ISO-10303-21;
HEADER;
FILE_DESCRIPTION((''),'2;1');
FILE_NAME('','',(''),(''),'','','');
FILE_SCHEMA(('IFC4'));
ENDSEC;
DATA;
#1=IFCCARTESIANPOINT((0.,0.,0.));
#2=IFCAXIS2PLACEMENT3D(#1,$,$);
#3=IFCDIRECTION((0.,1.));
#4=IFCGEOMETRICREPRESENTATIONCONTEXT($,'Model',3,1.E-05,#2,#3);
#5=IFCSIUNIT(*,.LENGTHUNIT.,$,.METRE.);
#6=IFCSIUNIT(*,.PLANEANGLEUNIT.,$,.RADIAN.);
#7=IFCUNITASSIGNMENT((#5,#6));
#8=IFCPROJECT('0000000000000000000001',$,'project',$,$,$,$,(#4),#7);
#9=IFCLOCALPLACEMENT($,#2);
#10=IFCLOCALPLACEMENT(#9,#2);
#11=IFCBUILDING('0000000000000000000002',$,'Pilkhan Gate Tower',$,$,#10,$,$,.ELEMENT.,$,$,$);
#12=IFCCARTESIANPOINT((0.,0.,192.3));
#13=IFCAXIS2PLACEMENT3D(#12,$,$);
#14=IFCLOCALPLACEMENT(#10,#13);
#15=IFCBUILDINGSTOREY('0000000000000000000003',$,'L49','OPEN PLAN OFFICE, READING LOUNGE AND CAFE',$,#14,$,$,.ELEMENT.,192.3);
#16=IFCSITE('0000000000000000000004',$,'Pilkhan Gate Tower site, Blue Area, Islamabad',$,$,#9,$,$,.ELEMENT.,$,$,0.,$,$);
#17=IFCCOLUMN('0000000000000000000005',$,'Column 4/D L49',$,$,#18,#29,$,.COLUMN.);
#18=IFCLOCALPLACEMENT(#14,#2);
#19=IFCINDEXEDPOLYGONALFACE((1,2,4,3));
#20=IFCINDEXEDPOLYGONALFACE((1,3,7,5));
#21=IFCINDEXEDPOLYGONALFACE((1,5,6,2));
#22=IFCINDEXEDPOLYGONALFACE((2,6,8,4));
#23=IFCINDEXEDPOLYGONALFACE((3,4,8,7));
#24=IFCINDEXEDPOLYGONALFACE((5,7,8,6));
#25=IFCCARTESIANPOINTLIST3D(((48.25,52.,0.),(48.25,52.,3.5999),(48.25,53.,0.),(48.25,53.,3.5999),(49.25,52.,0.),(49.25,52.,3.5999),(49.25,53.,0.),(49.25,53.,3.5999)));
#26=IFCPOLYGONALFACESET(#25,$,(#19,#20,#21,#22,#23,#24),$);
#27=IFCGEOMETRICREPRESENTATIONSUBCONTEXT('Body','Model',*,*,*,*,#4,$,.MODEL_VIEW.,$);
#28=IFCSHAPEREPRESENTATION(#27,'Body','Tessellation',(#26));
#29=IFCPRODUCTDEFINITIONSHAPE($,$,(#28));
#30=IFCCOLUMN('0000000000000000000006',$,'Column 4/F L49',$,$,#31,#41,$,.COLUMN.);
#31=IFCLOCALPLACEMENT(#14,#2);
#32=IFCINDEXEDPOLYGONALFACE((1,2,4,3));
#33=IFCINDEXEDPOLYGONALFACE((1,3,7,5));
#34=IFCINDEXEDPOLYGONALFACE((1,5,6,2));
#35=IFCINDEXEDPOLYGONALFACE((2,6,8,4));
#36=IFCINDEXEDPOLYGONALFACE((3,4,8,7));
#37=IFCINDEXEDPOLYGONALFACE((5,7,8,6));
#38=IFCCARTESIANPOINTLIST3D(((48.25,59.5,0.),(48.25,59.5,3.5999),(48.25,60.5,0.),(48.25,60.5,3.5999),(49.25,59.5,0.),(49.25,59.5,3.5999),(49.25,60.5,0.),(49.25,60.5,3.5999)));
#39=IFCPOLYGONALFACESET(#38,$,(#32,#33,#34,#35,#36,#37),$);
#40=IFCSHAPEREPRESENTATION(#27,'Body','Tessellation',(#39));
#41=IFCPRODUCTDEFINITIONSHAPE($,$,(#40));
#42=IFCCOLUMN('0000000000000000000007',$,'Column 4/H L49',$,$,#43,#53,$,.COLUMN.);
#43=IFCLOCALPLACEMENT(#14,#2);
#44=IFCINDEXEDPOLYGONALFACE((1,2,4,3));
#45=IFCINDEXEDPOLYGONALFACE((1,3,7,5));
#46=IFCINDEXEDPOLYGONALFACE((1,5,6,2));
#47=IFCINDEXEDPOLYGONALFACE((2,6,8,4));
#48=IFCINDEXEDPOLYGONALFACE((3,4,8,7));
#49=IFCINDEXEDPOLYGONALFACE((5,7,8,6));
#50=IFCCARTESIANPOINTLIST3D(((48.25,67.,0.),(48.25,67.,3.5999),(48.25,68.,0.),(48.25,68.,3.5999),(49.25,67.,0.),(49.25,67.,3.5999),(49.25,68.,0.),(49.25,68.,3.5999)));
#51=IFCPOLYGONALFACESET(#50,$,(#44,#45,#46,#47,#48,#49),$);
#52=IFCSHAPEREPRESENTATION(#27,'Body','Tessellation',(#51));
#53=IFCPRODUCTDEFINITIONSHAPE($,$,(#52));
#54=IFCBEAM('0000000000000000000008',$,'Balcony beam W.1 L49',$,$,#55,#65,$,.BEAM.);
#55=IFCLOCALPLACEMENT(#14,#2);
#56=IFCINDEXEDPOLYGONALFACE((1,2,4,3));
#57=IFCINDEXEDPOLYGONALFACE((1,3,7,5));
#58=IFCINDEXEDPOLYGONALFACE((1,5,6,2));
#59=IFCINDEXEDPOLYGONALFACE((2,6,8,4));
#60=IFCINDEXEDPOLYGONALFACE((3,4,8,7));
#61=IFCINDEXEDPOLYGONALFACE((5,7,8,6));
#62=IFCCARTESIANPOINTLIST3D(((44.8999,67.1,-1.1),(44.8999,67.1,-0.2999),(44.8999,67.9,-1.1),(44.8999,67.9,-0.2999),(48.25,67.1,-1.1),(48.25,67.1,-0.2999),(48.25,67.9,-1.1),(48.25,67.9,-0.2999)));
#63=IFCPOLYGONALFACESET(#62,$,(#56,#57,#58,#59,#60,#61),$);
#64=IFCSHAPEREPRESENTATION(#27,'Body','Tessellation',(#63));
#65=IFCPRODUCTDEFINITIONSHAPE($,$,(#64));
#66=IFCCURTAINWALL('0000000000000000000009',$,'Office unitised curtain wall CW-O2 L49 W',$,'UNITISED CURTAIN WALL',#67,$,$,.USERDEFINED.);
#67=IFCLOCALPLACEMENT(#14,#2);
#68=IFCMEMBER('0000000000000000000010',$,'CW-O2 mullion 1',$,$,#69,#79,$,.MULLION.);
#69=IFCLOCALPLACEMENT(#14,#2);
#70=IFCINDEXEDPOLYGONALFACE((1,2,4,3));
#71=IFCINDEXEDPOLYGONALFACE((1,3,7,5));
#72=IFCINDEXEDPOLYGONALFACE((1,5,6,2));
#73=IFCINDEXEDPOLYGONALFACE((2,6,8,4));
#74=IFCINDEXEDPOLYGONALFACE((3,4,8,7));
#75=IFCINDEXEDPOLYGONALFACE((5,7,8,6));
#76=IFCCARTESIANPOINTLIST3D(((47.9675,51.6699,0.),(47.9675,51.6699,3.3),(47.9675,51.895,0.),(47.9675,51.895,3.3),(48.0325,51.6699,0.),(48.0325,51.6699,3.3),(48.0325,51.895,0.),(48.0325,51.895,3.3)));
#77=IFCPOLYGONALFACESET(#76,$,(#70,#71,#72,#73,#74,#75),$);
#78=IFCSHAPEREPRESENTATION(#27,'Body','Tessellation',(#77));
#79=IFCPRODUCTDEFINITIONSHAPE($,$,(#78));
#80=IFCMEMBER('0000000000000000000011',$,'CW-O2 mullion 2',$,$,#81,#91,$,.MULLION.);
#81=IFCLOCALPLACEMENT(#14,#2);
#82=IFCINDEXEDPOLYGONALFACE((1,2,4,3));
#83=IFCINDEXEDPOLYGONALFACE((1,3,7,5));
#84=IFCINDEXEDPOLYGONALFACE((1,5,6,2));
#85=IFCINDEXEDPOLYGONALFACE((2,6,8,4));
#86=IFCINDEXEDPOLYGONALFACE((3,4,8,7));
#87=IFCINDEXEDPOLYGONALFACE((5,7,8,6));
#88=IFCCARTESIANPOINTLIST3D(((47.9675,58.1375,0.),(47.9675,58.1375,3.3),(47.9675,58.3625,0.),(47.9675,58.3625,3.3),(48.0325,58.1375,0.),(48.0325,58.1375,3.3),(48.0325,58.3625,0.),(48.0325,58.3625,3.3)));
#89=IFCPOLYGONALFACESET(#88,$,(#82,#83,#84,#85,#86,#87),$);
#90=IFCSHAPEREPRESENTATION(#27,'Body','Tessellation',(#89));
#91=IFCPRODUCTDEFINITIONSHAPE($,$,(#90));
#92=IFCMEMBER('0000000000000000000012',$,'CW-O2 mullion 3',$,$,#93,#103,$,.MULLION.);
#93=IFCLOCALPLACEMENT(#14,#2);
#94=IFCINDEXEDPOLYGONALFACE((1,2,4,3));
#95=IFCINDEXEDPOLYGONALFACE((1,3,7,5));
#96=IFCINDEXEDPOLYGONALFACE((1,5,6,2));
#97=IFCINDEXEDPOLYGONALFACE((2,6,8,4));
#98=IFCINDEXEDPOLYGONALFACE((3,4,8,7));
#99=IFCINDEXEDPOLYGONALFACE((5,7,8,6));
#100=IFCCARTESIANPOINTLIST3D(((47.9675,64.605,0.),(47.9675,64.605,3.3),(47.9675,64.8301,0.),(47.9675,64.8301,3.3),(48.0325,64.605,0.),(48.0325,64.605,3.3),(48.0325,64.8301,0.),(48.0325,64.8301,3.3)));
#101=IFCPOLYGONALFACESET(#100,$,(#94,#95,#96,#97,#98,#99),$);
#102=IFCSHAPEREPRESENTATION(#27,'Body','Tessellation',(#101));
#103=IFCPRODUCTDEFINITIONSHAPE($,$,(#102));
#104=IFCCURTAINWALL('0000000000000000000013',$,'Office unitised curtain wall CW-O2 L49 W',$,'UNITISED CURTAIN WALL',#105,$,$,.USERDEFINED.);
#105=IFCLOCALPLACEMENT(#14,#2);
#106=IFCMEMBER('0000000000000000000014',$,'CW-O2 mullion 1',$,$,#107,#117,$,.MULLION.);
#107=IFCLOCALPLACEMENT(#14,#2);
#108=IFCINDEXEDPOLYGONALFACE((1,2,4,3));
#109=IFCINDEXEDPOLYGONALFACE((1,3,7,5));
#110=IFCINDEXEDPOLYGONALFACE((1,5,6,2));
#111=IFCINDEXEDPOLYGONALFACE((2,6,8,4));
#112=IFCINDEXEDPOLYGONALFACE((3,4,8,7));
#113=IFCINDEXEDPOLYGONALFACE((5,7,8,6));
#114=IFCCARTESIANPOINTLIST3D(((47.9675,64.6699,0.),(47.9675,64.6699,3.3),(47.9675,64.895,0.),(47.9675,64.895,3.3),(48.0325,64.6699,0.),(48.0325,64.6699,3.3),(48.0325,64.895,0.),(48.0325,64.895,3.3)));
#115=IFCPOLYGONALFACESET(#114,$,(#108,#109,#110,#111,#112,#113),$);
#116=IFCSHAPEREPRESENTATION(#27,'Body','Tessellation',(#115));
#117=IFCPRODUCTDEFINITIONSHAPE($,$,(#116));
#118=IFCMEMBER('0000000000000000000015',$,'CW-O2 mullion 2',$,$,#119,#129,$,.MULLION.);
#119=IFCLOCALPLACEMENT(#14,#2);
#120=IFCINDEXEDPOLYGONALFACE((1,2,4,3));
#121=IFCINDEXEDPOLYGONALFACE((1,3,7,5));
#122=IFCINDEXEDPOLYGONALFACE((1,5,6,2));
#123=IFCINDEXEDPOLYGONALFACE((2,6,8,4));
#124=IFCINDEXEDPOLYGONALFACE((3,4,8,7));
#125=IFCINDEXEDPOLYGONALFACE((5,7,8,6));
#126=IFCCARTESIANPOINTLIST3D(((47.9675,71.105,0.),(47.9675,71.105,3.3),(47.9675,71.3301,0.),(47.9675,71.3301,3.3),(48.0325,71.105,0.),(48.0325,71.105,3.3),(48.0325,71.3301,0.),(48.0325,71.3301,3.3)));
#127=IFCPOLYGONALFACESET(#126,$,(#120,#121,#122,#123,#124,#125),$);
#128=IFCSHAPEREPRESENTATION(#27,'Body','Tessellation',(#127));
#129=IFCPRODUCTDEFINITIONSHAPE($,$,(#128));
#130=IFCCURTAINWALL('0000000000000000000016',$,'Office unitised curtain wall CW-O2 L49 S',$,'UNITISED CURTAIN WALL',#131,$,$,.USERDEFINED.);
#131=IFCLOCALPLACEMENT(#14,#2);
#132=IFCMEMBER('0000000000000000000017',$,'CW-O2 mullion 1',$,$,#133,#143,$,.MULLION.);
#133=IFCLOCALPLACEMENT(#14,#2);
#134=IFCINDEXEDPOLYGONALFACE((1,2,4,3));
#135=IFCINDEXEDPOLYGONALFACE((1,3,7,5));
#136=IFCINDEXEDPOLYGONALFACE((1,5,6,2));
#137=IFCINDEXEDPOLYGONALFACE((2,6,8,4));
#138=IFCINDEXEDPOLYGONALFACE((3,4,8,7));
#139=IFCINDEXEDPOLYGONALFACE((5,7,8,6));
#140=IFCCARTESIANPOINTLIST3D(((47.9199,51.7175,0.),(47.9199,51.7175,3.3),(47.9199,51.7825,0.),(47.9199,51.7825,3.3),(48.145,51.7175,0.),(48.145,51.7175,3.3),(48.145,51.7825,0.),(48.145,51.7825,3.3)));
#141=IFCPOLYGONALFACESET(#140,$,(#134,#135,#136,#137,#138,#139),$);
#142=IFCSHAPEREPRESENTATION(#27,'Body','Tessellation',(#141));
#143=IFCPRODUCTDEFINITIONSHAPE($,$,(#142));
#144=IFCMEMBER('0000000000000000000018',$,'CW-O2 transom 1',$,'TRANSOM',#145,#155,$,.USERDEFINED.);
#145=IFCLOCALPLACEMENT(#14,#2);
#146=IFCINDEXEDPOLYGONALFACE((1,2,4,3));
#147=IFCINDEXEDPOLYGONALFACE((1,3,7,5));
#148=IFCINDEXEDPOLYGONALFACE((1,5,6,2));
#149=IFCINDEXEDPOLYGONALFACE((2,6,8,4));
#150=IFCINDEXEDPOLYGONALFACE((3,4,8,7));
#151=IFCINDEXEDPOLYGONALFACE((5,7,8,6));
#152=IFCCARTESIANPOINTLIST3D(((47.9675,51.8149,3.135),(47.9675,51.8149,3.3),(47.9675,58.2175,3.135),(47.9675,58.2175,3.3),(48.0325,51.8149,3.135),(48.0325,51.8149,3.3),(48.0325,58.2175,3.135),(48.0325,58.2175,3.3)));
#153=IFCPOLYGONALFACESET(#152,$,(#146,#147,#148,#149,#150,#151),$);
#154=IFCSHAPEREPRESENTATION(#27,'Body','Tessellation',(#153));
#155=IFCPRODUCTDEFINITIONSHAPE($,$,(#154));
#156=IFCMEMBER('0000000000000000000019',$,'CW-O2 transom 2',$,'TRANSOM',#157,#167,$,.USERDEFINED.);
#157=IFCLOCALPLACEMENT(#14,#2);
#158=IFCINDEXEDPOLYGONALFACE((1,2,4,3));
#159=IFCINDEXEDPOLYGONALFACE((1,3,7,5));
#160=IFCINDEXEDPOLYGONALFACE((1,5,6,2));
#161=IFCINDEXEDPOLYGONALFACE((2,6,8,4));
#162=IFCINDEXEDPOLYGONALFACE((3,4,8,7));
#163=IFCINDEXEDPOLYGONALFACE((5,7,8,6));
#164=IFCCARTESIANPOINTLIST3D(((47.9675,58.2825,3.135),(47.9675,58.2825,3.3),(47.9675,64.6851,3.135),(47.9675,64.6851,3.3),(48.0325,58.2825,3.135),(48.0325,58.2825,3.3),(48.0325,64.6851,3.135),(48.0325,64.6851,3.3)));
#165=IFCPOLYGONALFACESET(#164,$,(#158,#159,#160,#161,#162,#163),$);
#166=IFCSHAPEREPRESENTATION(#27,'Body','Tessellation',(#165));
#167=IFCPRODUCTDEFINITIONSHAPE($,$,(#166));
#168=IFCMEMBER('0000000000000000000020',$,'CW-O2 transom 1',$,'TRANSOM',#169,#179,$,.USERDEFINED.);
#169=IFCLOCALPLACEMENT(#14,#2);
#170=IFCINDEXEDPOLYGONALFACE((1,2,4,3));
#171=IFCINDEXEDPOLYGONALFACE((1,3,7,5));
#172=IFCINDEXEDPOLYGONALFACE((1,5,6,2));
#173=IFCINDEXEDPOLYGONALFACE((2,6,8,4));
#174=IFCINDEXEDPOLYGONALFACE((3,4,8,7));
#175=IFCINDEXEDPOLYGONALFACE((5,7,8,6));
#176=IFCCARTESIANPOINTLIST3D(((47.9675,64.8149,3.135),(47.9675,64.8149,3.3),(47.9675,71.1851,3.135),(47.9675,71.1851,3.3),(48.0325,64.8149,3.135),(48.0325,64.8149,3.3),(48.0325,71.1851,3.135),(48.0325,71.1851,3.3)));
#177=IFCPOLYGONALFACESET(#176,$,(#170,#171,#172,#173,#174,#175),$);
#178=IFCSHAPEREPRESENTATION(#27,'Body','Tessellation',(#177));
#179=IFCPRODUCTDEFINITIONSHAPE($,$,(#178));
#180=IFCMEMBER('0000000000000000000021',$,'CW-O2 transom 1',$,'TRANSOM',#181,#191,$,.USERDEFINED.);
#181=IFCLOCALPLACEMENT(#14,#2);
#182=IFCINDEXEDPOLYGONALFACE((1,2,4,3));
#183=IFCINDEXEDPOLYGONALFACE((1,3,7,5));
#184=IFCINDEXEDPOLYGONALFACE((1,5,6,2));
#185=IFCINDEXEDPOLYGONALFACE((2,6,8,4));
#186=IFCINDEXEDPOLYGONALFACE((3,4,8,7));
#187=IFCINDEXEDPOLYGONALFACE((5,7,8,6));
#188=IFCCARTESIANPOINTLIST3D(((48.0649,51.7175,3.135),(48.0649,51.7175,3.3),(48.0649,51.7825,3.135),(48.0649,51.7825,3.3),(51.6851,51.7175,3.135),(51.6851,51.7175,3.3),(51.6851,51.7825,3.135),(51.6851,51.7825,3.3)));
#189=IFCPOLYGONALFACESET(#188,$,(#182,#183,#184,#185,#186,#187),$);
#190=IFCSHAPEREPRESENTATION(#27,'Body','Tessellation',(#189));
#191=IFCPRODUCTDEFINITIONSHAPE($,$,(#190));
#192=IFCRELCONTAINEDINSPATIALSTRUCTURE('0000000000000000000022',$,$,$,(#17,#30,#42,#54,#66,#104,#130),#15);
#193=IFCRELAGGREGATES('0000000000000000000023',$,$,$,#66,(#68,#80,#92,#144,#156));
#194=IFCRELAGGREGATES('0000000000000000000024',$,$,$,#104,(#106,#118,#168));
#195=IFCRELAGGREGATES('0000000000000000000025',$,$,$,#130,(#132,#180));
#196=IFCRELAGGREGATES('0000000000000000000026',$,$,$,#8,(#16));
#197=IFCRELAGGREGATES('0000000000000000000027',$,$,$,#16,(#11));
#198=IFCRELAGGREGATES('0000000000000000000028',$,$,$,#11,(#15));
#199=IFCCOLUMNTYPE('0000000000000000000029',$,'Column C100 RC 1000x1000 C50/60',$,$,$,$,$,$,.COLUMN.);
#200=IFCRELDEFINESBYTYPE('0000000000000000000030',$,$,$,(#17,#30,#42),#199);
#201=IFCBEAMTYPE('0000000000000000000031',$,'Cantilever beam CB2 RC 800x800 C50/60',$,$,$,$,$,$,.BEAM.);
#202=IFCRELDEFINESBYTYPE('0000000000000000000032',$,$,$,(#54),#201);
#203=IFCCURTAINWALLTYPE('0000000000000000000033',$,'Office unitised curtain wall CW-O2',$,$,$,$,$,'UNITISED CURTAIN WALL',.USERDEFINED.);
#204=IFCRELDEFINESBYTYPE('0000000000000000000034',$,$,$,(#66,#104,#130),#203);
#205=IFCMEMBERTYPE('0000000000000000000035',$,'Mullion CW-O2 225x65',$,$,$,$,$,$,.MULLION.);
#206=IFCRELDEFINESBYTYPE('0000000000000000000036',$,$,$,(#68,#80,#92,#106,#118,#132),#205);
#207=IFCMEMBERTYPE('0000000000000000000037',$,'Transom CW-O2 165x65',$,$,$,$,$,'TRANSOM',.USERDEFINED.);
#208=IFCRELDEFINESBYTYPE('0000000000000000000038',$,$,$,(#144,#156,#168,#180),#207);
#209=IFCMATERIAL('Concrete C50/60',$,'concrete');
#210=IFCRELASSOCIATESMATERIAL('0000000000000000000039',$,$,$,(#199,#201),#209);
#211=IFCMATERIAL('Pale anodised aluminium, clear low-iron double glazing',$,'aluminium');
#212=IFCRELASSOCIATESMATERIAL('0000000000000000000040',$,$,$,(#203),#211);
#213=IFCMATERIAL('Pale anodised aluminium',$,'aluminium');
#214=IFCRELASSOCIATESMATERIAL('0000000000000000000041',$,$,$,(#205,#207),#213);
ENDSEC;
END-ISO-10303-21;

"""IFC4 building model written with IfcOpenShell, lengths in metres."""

from ifc_helpers import new_model, si_unit, direction, frame, origin, origin_2d, place, context, subcontext, project, spatial, rectangle, extrude, material, material_profile, profile_set, type_object, element, aggregate, save


model = new_model("IFC4")

# Units and contexts
model_context = context("Model", 3, precision=1e-05, world=origin(), true_north=direction((0.0, 1.0)))
body_context = subcontext(model_context, "Body", "Model", "MODEL_VIEW")
ifc_project = project(units=[si_unit("LENGTHUNIT", "METRE"), si_unit("PLANEANGLEUNIT", "RADIAN")], contexts=[model_context])

# Site, building, storey
site_placement = place(None, origin())
site = spatial("IfcSite", under=ifc_project, at=site_placement, Name="Pilkhan Gate Tower site, Blue Area, Islamabad", CompositionType="ELEMENT", RefElevation=0.0)
building_placement = place(site_placement, origin())
building = spatial("IfcBuilding", under=site, at=building_placement, Name="Pilkhan Gate Tower", CompositionType="ELEMENT")
storey_placement = place(building_placement, frame((0.0, 0.0, 192.3)))
storey = spatial("IfcBuildingStorey", under=building, at=storey_placement, Name="L49", Description="OPEN PLAN OFFICE, READING LOUNGE AND CAFE", CompositionType="ELEMENT", Elevation=192.3)

# Columns
ifc_material_1 = material(Name="Concrete C50/60", Category="concrete")
ifc_material_profile_1 = material_profile(ifc_material_1, rectangle(XDim=1.0, YDim=1.0, at=origin_2d()), Name="RC 1000x1000")
ifc_profile_set_1 = profile_set([ifc_material_profile_1], Name="Concrete C50/60")
column_type = type_object("IfcColumnType", Name="Column C100 RC 1000x1000 C50/60", PredefinedType="COLUMN", material=ifc_profile_set_1)
for number, where, z_axis, x_axis, name in (
    (1, (48.75, 52.5, 0.0), (0.0, 0.0, 1.0), (1.0, 0.0, 0.0), "Column 4/D L49"),
    (2, (48.75, 60.0, 0.0), (0.0, 0.0, 1.0), (1.0, 0.0, 0.0), "Column 4/F L49"),
    (3, (48.75, 67.5, 0.0), (0.0, 0.0, 1.0), (1.0, 0.0, 0.0), "Column 4/H L49"),
):
    element("IfcColumn", number, at=place(storey_placement, frame(where, z_axis=z_axis, x_axis=x_axis)), inside=storey, type_object=column_type, Name=name, PredefinedType="COLUMN", context=body_context, shape_type="SweptSolid", body=[
        extrude(rectangle(XDim=1.0, YDim=1.0, at=origin_2d()), origin(), (0.0, 0.0, 1.0), 3.5999),
    ])

# Beam
ifc_material_profile_2 = material_profile(ifc_material_1, rectangle(XDim=0.8, YDim=0.8, at=origin_2d()), Name="RC 800x800")
ifc_profile_set_2 = profile_set([ifc_material_profile_2], Name="Concrete C50/60")
beam_type = type_object("IfcBeamType", Name="Cantilever beam CB2 RC 800x800 C50/60", PredefinedType="BEAM", material=ifc_profile_set_2)
beam_placement = place(storey_placement, frame((48.25, 67.5, -0.7), z_axis=(-1.0, 0.0, 0.0), x_axis=(0.0, -1.0, 0.0)))
element("IfcBeam", 4, at=beam_placement, inside=storey, type_object=beam_type, Name="Balcony beam W.1 L49", PredefinedType="BEAM", context=body_context, shape_type="SweptSolid", body=[
    extrude(rectangle(XDim=0.8, YDim=0.8, at=origin_2d()), origin(), (0.0, 0.0, 1.0), 3.3501),
])

# Curtain walls, members
ifc_material_2 = material(Name="Pale anodised aluminium, clear low-iron double glazing", Category="aluminium")
curtain_wall_type = type_object("IfcCurtainWallType", Name="Office unitised curtain wall CW-O2", ElementType="UNITISED CURTAIN WALL", PredefinedType="USERDEFINED", material=ifc_material_2)
curtain_wall_1_placement = place(storey_placement, origin())
curtain_wall_1 = element("IfcCurtainWall", 5, at=curtain_wall_1_placement, inside=storey, type_object=curtain_wall_type, Name="Office unitised curtain wall CW-O2 L49 W", ObjectType="UNITISED CURTAIN WALL", PredefinedType="USERDEFINED")
ifc_material_3 = material(Name="Pale anodised aluminium", Category="aluminium")
ifc_material_profile_3 = material_profile(ifc_material_3, rectangle(XDim=0.0649, YDim=0.2251, at=origin_2d()), Name="Mullion 225x65")
ifc_profile_set_3 = profile_set([ifc_material_profile_3], Name="Pale anodised aluminium")
member_type_1 = type_object("IfcMemberType", Name="Mullion CW-O2 225x65", PredefinedType="MULLION", material=ifc_profile_set_3)
member_1_placement = place(storey_placement, frame((48.0, 51.7825, 0.0), z_axis=(0.0, 0.0, 1.0), x_axis=(-1.0, 0.0, 0.0)))
member_1 = element("IfcMember", 6, at=member_1_placement, type_object=member_type_1, Name="CW-O2 mullion 1", PredefinedType="MULLION", context=body_context, shape_type="SweptSolid", body=[
    extrude(rectangle(XDim=0.0649, YDim=0.2251, at=origin_2d()), origin(), (0.0, 0.0, 1.0), 3.3),
])
member_2_placement = place(storey_placement, frame((48.0, 58.25, 0.0), z_axis=(0.0, 0.0, 1.0), x_axis=(-1.0, 0.0, 0.0)))
member_2 = element("IfcMember", 7, at=member_2_placement, type_object=member_type_1, Name="CW-O2 mullion 2", PredefinedType="MULLION", context=body_context, shape_type="SweptSolid", body=[
    extrude(rectangle(XDim=0.0649, YDim=0.2251, at=origin_2d()), origin(), (0.0, 0.0, 1.0), 3.3),
])
member_3_placement = place(storey_placement, frame((48.0, 64.7175, 0.0), z_axis=(0.0, 0.0, 1.0), x_axis=(-1.0, 0.0, 0.0)))
member_3 = element("IfcMember", 8, at=member_3_placement, type_object=member_type_1, Name="CW-O2 mullion 3", PredefinedType="MULLION", context=body_context, shape_type="SweptSolid", body=[
    extrude(rectangle(XDim=0.0649, YDim=0.2251, at=origin_2d()), origin(), (0.0, 0.0, 1.0), 3.3),
])
curtain_wall_2_placement = place(storey_placement, origin())
curtain_wall_2 = element("IfcCurtainWall", 9, at=curtain_wall_2_placement, inside=storey, type_object=curtain_wall_type, Name="Office unitised curtain wall CW-O2 L49 W", ObjectType="UNITISED CURTAIN WALL", PredefinedType="USERDEFINED")
member_4_placement = place(storey_placement, frame((48.0, 64.7825, 0.0), z_axis=(0.0, 0.0, 1.0), x_axis=(-1.0, 0.0, 0.0)))
member_4 = element("IfcMember", 10, at=member_4_placement, type_object=member_type_1, Name="CW-O2 mullion 1", PredefinedType="MULLION", context=body_context, shape_type="SweptSolid", body=[
    extrude(rectangle(XDim=0.0649, YDim=0.2251, at=origin_2d()), origin(), (0.0, 0.0, 1.0), 3.3),
])
member_5_placement = place(storey_placement, frame((48.0, 71.2175, 0.0), z_axis=(0.0, 0.0, 1.0), x_axis=(-1.0, 0.0, 0.0)))
member_5 = element("IfcMember", 11, at=member_5_placement, type_object=member_type_1, Name="CW-O2 mullion 2", PredefinedType="MULLION", context=body_context, shape_type="SweptSolid", body=[
    extrude(rectangle(XDim=0.0649, YDim=0.2251, at=origin_2d()), origin(), (0.0, 0.0, 1.0), 3.3),
])

# Curtain wall, member
curtain_wall_3_placement = place(storey_placement, origin())
curtain_wall_3 = element("IfcCurtainWall", 12, at=curtain_wall_3_placement, inside=storey, type_object=curtain_wall_type, Name="Office unitised curtain wall CW-O2 L49 S", ObjectType="UNITISED CURTAIN WALL", PredefinedType="USERDEFINED")
member_6_placement = place(storey_placement, frame((48.0325, 51.75, 0.0), z_axis=(0.0, 0.0, 1.0), x_axis=(0.0, 1.0, 0.0)))
member_6 = element("IfcMember", 13, at=member_6_placement, type_object=member_type_1, Name="CW-O2 mullion 1", PredefinedType="MULLION", context=body_context, shape_type="SweptSolid", body=[
    extrude(rectangle(XDim=0.0649, YDim=0.2251, at=origin_2d()), origin(), (0.0, 0.0, 1.0), 3.3),
])

# Members
ifc_material_profile_4 = material_profile(ifc_material_3, rectangle(XDim=0.0649, YDim=0.165, at=origin_2d()), Name="Transom 165x65")
ifc_profile_set_4 = profile_set([ifc_material_profile_4], Name="Pale anodised aluminium")
member_type_2 = type_object("IfcMemberType", Name="Transom CW-O2 165x65", ElementType="TRANSOM", PredefinedType="USERDEFINED", material=ifc_profile_set_4)
member_7_placement = place(storey_placement, frame((48.0, 51.8149, 3.2175), z_axis=(0.0, 1.0, 0.0), x_axis=(-1.0, 0.0, 0.0)))
member_7 = element("IfcMember", 14, at=member_7_placement, type_object=member_type_2, Name="CW-O2 transom 1", ObjectType="TRANSOM", PredefinedType="USERDEFINED", context=body_context, shape_type="SweptSolid", body=[
    extrude(rectangle(XDim=0.0649, YDim=0.165, at=origin_2d()), origin(), (0.0, 0.0, 1.0), 6.4026),
])
member_8_placement = place(storey_placement, frame((48.0, 58.2825, 3.2175), z_axis=(0.0, 1.0, 0.0), x_axis=(-1.0, 0.0, 0.0)))
member_8 = element("IfcMember", 15, at=member_8_placement, type_object=member_type_2, Name="CW-O2 transom 2", ObjectType="TRANSOM", PredefinedType="USERDEFINED", context=body_context, shape_type="SweptSolid", body=[
    extrude(rectangle(XDim=0.0649, YDim=0.165, at=origin_2d()), origin(), (0.0, 0.0, 1.0), 6.4026),
])
member_9_placement = place(storey_placement, frame((48.0, 64.8149, 3.2175), z_axis=(0.0, 1.0, 0.0), x_axis=(-1.0, 0.0, 0.0)))
member_9 = element("IfcMember", 16, at=member_9_placement, type_object=member_type_2, Name="CW-O2 transom 1", ObjectType="TRANSOM", PredefinedType="USERDEFINED", context=body_context, shape_type="SweptSolid", body=[
    extrude(rectangle(XDim=0.0649, YDim=0.165, at=origin_2d()), origin(), (0.0, 0.0, 1.0), 6.3701),
])
member_10_placement = place(storey_placement, frame((48.0649, 51.75, 3.2175), z_axis=(1.0, 0.0, 0.0), x_axis=(0.0, 1.0, 0.0)))
member_10 = element("IfcMember", 17, at=member_10_placement, type_object=member_type_2, Name="CW-O2 transom 1", ObjectType="TRANSOM", PredefinedType="USERDEFINED", context=body_context, shape_type="SweptSolid", body=[
    extrude(rectangle(XDim=0.0649, YDim=0.165, at=origin_2d()), origin(), (0.0, 0.0, 1.0), 3.6201),
])

aggregate(curtain_wall_1, [member_1, member_2, member_3, member_7, member_8])
aggregate(curtain_wall_2, [member_4, member_5, member_9])
aggregate(curtain_wall_3, [member_6, member_10])

save(model, "model.ifc")
